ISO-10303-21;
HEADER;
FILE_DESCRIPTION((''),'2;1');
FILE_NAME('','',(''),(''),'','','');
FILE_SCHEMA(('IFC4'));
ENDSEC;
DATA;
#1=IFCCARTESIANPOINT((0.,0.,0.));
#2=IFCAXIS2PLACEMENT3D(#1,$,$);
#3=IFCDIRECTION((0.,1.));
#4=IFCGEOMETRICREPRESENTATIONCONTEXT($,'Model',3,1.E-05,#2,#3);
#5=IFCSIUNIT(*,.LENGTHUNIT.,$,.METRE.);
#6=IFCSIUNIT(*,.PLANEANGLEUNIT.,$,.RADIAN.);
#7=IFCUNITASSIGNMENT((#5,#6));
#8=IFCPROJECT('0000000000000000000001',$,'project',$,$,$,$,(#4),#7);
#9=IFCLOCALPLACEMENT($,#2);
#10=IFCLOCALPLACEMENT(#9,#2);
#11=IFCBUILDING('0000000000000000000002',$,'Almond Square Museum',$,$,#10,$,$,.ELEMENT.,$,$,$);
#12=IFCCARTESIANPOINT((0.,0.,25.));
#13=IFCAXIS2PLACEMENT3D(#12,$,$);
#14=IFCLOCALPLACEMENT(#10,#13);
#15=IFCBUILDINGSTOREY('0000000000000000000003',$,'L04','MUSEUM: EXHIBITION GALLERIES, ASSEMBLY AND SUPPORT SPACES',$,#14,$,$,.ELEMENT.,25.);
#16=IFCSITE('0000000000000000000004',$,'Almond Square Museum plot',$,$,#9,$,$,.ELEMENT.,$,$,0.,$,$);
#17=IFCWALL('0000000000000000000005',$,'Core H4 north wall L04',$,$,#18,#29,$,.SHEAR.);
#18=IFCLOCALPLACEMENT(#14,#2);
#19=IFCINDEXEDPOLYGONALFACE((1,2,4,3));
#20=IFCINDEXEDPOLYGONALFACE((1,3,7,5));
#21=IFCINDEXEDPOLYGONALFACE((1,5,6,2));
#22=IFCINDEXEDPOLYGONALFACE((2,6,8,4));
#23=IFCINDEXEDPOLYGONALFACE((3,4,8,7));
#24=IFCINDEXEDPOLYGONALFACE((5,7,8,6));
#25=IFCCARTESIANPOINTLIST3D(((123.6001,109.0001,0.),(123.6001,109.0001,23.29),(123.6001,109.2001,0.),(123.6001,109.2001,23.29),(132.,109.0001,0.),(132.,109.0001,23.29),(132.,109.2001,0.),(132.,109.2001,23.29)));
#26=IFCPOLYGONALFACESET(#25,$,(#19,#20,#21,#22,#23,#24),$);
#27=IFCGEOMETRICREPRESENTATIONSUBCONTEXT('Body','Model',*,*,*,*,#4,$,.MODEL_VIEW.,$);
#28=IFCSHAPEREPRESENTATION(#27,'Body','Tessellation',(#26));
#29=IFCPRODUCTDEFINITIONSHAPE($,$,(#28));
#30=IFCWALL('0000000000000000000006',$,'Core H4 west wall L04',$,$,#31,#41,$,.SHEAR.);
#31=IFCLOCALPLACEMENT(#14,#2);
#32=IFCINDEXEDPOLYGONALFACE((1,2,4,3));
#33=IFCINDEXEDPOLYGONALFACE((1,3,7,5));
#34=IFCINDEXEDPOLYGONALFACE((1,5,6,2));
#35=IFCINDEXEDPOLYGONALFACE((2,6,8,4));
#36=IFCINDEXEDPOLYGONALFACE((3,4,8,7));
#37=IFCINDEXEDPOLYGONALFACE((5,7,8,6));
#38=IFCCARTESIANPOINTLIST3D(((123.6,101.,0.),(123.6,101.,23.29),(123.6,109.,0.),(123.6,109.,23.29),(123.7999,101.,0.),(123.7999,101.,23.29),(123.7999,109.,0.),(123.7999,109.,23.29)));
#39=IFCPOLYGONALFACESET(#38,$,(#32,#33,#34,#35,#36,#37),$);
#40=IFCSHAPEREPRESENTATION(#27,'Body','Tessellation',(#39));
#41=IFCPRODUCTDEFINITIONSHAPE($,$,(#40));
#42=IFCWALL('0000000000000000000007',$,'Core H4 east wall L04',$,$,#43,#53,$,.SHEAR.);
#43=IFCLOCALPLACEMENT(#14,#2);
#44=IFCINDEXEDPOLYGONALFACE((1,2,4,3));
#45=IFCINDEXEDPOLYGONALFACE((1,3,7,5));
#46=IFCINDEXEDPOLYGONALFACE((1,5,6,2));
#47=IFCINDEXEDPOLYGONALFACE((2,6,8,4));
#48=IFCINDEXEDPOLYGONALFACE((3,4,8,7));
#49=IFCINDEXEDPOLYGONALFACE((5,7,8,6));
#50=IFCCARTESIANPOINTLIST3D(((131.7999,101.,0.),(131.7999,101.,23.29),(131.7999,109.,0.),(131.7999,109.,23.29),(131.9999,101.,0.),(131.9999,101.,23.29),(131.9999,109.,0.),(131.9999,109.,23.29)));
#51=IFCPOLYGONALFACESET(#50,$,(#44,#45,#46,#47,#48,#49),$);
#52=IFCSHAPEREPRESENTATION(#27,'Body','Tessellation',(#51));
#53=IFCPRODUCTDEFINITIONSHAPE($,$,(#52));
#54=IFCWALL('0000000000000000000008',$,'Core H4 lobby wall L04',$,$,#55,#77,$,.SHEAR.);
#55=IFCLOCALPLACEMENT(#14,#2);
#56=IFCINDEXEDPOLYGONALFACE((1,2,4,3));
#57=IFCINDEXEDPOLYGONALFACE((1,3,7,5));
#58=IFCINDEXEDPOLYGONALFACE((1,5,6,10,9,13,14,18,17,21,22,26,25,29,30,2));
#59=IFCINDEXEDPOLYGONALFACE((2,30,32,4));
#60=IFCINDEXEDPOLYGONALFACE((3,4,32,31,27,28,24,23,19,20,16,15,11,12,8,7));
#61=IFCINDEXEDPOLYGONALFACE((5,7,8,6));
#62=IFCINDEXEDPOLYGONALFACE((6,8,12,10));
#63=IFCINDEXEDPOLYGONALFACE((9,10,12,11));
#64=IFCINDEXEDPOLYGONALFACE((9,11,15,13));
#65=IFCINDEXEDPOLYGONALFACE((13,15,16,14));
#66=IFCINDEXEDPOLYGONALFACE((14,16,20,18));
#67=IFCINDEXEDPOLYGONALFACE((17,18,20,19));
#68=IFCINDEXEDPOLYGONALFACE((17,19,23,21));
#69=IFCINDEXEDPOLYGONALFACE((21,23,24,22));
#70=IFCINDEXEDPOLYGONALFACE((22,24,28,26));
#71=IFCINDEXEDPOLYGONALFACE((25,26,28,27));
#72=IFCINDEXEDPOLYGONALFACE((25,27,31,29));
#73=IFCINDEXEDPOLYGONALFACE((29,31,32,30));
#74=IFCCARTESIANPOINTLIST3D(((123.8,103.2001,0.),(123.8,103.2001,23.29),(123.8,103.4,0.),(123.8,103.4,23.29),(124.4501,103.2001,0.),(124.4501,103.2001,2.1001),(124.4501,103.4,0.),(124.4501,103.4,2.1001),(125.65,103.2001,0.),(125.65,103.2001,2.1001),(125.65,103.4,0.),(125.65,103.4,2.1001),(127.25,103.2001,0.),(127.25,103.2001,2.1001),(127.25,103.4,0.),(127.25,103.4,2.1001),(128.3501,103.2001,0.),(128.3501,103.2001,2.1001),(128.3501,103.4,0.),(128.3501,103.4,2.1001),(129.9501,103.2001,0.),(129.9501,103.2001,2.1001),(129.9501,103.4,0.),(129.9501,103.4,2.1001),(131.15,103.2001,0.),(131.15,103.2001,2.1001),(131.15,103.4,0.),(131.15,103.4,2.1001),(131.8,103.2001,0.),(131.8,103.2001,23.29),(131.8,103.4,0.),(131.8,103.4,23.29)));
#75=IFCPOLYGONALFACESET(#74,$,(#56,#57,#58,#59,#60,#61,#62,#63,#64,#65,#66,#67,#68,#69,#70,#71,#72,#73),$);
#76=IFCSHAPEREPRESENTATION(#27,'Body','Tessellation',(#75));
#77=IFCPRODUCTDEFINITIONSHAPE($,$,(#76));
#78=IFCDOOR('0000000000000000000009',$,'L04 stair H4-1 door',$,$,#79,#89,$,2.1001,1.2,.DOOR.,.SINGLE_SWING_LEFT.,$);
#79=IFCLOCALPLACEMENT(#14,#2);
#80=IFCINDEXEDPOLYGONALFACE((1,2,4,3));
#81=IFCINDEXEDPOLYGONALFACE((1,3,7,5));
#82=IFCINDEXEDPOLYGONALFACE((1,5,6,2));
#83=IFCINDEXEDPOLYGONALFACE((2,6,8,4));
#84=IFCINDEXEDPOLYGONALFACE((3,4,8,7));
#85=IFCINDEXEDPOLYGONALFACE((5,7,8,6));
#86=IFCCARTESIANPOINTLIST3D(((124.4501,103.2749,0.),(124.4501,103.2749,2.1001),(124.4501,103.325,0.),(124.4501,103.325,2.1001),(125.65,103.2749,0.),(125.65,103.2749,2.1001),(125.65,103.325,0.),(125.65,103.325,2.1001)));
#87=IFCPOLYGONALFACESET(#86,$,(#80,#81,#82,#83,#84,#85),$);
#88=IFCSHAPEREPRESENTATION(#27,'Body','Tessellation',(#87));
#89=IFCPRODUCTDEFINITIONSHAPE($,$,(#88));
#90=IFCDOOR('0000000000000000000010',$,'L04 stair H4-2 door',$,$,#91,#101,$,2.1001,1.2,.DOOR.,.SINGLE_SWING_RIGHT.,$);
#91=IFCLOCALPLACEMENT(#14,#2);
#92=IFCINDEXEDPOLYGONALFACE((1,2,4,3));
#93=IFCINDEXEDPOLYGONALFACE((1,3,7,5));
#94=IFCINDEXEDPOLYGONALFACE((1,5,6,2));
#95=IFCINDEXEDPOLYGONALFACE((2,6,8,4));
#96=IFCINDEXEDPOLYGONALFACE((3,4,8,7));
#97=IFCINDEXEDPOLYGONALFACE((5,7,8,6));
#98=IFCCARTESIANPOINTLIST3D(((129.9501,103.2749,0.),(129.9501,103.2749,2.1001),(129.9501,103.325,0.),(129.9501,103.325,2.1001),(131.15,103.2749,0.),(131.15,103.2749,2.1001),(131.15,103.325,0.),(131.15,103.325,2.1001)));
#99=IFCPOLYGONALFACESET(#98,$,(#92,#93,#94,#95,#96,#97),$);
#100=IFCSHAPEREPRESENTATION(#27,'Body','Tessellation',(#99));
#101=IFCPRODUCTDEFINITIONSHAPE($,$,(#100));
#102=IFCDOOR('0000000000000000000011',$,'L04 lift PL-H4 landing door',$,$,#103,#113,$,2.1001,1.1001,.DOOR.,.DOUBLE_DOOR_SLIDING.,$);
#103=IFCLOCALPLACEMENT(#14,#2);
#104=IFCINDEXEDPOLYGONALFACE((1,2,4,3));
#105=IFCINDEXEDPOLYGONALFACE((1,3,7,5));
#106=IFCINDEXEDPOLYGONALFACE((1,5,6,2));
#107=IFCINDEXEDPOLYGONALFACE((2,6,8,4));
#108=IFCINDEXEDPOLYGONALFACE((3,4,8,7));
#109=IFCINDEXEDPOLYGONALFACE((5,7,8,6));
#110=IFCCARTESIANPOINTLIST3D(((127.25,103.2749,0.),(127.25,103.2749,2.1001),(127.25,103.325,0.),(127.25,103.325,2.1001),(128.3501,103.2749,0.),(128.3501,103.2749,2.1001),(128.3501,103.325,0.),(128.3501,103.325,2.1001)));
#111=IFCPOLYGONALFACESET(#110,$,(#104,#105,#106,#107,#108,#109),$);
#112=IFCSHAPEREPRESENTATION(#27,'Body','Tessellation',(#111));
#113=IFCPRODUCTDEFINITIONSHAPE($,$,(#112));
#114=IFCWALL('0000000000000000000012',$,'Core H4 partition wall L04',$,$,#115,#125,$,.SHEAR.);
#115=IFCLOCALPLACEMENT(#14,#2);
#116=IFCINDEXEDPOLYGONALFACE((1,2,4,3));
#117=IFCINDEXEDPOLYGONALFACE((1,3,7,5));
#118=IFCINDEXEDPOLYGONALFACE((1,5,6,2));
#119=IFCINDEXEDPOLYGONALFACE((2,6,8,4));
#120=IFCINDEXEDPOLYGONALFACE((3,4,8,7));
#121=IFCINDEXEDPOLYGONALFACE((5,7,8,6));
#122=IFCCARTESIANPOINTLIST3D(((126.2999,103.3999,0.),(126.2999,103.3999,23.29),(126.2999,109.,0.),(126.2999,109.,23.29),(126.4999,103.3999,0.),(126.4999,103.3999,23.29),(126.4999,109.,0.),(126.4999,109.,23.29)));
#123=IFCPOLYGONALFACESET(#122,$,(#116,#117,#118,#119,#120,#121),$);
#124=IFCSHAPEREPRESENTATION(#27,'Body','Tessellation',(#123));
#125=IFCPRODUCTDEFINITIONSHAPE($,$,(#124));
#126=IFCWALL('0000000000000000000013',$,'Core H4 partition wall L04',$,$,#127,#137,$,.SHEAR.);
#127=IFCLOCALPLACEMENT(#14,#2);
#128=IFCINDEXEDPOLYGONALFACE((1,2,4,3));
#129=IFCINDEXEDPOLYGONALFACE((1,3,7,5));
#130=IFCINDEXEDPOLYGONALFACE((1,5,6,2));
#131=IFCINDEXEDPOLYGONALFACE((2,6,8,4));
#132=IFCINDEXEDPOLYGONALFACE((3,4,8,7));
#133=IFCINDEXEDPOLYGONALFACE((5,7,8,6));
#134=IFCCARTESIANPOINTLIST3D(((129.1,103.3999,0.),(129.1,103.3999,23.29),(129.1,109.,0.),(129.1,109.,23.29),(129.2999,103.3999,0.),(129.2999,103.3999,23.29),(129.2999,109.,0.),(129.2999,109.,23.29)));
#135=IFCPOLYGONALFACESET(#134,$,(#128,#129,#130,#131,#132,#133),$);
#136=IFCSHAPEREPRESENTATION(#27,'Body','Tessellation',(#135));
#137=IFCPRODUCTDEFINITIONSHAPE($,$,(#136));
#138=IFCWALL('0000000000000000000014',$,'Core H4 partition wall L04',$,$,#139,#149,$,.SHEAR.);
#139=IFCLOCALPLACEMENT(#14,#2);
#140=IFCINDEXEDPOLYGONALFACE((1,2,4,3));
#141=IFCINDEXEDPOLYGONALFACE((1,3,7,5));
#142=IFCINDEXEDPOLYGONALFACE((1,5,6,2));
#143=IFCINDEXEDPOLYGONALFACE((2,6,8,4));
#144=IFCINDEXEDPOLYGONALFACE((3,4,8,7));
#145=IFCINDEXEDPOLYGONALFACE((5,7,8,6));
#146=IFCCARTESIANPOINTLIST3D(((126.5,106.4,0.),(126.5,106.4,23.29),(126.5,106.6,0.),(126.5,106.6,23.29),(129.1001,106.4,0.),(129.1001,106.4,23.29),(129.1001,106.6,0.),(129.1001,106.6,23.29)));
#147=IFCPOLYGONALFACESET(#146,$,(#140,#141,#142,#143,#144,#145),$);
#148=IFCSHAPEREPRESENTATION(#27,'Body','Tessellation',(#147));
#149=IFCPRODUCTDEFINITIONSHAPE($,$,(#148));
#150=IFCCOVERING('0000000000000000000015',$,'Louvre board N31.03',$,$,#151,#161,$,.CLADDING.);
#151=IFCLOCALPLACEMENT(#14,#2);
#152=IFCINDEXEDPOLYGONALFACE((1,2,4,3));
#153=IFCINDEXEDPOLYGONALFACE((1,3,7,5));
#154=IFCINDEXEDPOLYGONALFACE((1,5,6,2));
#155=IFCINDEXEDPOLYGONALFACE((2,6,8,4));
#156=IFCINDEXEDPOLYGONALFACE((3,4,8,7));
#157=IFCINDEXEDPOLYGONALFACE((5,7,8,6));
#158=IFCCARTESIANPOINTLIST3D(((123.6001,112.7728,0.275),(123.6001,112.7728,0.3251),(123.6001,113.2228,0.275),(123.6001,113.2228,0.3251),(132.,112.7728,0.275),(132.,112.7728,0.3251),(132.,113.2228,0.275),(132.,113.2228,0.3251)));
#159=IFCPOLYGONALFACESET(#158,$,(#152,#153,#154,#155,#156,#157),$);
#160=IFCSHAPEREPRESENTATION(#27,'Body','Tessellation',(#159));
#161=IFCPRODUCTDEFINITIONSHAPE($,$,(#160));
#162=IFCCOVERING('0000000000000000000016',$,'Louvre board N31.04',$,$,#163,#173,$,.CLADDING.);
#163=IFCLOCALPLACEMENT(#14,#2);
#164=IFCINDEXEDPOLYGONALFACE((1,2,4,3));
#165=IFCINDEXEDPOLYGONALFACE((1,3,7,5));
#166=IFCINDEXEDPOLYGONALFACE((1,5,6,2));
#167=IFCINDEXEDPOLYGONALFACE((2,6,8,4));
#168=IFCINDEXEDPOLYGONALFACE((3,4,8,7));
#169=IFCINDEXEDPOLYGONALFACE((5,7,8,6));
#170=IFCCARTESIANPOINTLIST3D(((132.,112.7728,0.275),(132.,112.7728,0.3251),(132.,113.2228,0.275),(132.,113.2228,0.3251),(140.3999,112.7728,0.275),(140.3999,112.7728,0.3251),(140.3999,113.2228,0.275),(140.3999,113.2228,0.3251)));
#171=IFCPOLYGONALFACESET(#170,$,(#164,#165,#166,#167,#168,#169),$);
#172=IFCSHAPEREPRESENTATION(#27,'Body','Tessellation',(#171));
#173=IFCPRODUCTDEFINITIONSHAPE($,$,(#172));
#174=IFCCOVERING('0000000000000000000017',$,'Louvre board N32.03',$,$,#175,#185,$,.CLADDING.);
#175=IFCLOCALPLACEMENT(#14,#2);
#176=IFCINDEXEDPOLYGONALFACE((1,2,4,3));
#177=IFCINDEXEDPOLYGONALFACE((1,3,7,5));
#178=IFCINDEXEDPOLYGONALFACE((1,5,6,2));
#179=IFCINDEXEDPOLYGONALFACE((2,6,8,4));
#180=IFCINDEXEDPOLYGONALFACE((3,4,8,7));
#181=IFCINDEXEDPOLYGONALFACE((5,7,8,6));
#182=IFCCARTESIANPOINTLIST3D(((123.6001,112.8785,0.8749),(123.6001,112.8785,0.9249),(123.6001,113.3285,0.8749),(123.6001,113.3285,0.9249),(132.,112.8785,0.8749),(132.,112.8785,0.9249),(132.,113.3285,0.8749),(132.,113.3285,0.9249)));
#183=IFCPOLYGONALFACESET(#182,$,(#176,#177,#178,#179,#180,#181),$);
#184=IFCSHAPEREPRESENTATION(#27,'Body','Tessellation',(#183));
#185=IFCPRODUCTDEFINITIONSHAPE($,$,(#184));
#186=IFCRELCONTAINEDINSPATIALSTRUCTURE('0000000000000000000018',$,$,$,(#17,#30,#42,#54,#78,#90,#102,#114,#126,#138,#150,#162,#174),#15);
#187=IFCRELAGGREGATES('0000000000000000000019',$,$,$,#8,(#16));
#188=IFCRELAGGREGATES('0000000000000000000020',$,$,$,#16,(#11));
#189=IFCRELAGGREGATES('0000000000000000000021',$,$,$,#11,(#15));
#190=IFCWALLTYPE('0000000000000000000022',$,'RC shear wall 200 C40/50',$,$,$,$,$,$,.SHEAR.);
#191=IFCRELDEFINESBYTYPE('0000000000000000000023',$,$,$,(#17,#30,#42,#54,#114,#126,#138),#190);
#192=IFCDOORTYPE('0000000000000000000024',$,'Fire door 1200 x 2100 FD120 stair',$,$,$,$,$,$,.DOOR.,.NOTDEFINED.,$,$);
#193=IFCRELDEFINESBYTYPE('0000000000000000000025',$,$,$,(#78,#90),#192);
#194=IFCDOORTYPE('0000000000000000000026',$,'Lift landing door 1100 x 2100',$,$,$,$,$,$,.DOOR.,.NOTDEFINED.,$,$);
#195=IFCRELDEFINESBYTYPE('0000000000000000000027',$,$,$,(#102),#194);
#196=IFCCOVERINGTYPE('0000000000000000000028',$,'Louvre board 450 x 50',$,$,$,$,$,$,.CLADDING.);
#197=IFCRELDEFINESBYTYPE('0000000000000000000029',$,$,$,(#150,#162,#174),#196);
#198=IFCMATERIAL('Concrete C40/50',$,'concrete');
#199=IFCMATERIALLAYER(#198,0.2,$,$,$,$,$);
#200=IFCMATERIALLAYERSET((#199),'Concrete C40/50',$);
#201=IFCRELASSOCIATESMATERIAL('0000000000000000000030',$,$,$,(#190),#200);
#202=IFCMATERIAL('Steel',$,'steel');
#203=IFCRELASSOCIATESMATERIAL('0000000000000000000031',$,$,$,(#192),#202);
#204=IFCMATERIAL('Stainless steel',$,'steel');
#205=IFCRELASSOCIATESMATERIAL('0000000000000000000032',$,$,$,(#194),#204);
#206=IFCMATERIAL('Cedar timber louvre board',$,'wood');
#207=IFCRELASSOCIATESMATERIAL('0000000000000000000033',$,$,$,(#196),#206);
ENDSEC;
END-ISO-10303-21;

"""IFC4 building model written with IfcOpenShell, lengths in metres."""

from ifc_helpers import new_model, si_unit, direction, frame, frame_2d, origin, origin_2d, place, context, subcontext, project, spatial, rectangle, extrude, material, layer, layer_set, material_profile, profile_set, type_object, element, fill, save


model = new_model("IFC4")

# Units and contexts
model_context = context("Model", 3, precision=1e-05, world=origin(), true_north=direction((0.0, 1.0)))
body_context = subcontext(model_context, "Body", "Model", "MODEL_VIEW")
ifc_project = project(units=[si_unit("LENGTHUNIT", "METRE"), si_unit("PLANEANGLEUNIT", "RADIAN")], contexts=[model_context])

# Site, building, storey
site_placement = place(None, origin())
site = spatial("IfcSite", under=ifc_project, at=site_placement, Name="Almond Square Museum plot", CompositionType="ELEMENT", RefElevation=0.0)
building_placement = place(site_placement, origin())
building = spatial("IfcBuilding", under=site, at=building_placement, Name="Almond Square Museum", CompositionType="ELEMENT")
storey_placement = place(building_placement, frame((0.0, 0.0, 25.0)))
storey = spatial("IfcBuildingStorey", under=building, at=storey_placement, Name="L04", Description="MUSEUM: EXHIBITION GALLERIES, ASSEMBLY AND SUPPORT SPACES", CompositionType="ELEMENT", Elevation=25.0)

# Shared definitions
ifc_material_1 = material(Name="Concrete C40/50", Category="concrete")
ifc_layer_1 = layer(ifc_material_1, 0.2)
ifc_layer_set_1 = layer_set([ifc_layer_1], Name="Concrete C40/50")
wall_type_1 = type_object("IfcWallType", Name="RC shear wall 200 C40/50", PredefinedType="SHEAR", material=ifc_layer_set_1)

# Walls
wall_1_placement = place(storey_placement, frame((123.6001, 109.1001, 0.0), z_axis=(0.0, 0.0, 1.0), x_axis=(1.0, 0.0, 0.0)))
element("IfcWall", 1, at=wall_1_placement, inside=storey, type_object=wall_type_1, Name="Core H4 north wall L04", PredefinedType="SHEAR", context=body_context, shape_type="SweptSolid", body=[
    extrude(rectangle(XDim=8.3999, YDim=0.2, at=frame_2d((4.2, 0.0))), origin(), (0.0, 0.0, 1.0), 23.29),
])
for number, where, z_axis, x_axis, name in (
    (2, (123.7, 101.0, 0.0), (0.0, 0.0, 1.0), (0.0, 1.0, 0.0), "Core H4 west wall L04"),
    (3, (131.8999, 101.0, 0.0), (0.0, 0.0, 1.0), (0.0, 1.0, 0.0), "Core H4 east wall L04"),
):
    element("IfcWall", number, at=place(storey_placement, frame(where, z_axis=z_axis, x_axis=x_axis)), inside=storey, type_object=wall_type_1, Name=name, PredefinedType="SHEAR", context=body_context, shape_type="SweptSolid", body=[
        extrude(rectangle(XDim=8.0, YDim=0.2, at=frame_2d((4.0, 0.0))), origin(), (0.0, 0.0, 1.0), 23.29),
    ])

# Wall, openings, doors
wall_2_placement = place(storey_placement, frame((123.8, 103.3, 0.0), z_axis=(0.0, 0.0, 1.0), x_axis=(1.0, 0.0, 0.0)))
wall_2 = element("IfcWall", 4, at=wall_2_placement, inside=storey, type_object=wall_type_1, Name="Core H4 lobby wall L04", PredefinedType="SHEAR", context=body_context, shape_type="SweptSolid", body=[
    extrude(rectangle(XDim=8.0, YDim=0.2, at=frame_2d((4.0, 0.0))), origin(), (0.0, 0.0, 1.0), 23.29),
])
opening_1_placement = place(wall_2_placement, frame((0.6499, 0.0, 0.0)))
opening_1 = element("IfcOpeningElement", 5, at=opening_1_placement, cuts=wall_2, PredefinedType="OPENING", context=body_context, shape_type="SweptSolid", body=[
    extrude(rectangle(XDim=1.2, YDim=2.1001, at=frame_2d((0.6001, 1.05))), frame((0.0, 0.1099, 0.0), z_axis=(0.0, -1.0, 0.0), x_axis=(1.0, 0.0, 0.0)), (0.0, 0.0, 1.0), 0.22),
])
opening_2_placement = place(wall_2_placement, frame((6.1499, 0.0, 0.0)))
opening_2 = element("IfcOpeningElement", 6, at=opening_2_placement, cuts=wall_2, PredefinedType="OPENING", context=body_context, shape_type="SweptSolid", body=[
    extrude(rectangle(XDim=1.2, YDim=2.1001, at=frame_2d((0.6001, 1.05))), frame((0.0, 0.1099, 0.0), z_axis=(0.0, -1.0, 0.0), x_axis=(1.0, 0.0, 0.0)), (0.0, 0.0, 1.0), 0.22),
])
opening_3_placement = place(wall_2_placement, frame((3.45, 0.0, 0.0)))
opening_3 = element("IfcOpeningElement", 7, at=opening_3_placement, cuts=wall_2, PredefinedType="OPENING", context=body_context, shape_type="SweptSolid", body=[
    extrude(rectangle(XDim=1.1001, YDim=2.1001, at=frame_2d((0.55, 1.05))), frame((0.0, 0.1099, 0.0), z_axis=(0.0, -1.0, 0.0), x_axis=(1.0, 0.0, 0.0)), (0.0, 0.0, 1.0), 0.22),
])
ifc_material_2 = material(Name="Steel", Category="steel")
door_type_1 = type_object("IfcDoorType", Name="Fire door 1200 x 2100 FD120 stair", OperationType="NOTDEFINED", PredefinedType="DOOR", material=ifc_material_2)
door_1_placement = place(opening_1_placement, origin())
door_1 = element("IfcDoor", 8, at=door_1_placement, inside=storey, type_object=door_type_1, Name="L04 stair H4-1 door", OperationType="SINGLE_SWING_LEFT", OverallHeight=2.1001, OverallWidth=1.2, PredefinedType="DOOR", context=body_context, shape_type="SweptSolid", body=[
    extrude(rectangle(XDim=1.2, YDim=2.1001, at=frame_2d((0.6001, 1.05))), frame((0.0, 0.0249, 0.0), z_axis=(0.0, -1.0, 0.0), x_axis=(1.0, 0.0, 0.0)), (0.0, 0.0, 1.0), 0.05),
])
fill(opening_1, door_1)
door_2_placement = place(opening_2_placement, origin())
door_2 = element("IfcDoor", 9, at=door_2_placement, inside=storey, type_object=door_type_1, Name="L04 stair H4-2 door", OperationType="SINGLE_SWING_RIGHT", OverallHeight=2.1001, OverallWidth=1.2, PredefinedType="DOOR", context=body_context, shape_type="SweptSolid", body=[
    extrude(rectangle(XDim=1.2, YDim=2.1001, at=frame_2d((0.6001, 1.05))), frame((0.0, 0.0249, 0.0), z_axis=(0.0, -1.0, 0.0), x_axis=(1.0, 0.0, 0.0)), (0.0, 0.0, 1.0), 0.05),
])
fill(opening_2, door_2)
ifc_material_3 = material(Name="Stainless steel", Category="steel")
door_type_2 = type_object("IfcDoorType", Name="Lift landing door 1100 x 2100", OperationType="NOTDEFINED", PredefinedType="DOOR", material=ifc_material_3)
door_3_placement = place(opening_3_placement, origin())
door_3 = element("IfcDoor", 10, at=door_3_placement, inside=storey, type_object=door_type_2, Name="L04 lift PL-H4 landing door", OperationType="DOUBLE_DOOR_SLIDING", OverallHeight=2.1001, OverallWidth=1.1001, PredefinedType="DOOR", context=body_context, shape_type="SweptSolid", body=[
    extrude(rectangle(XDim=1.1001, YDim=2.1001, at=frame_2d((0.55, 1.05))), frame((0.0, 0.0249, 0.0), z_axis=(0.0, -1.0, 0.0), x_axis=(1.0, 0.0, 0.0)), (0.0, 0.0, 1.0), 0.05),
])
fill(opening_3, door_3)

# Walls
for number, where, z_axis, x_axis, name in (
    (11, (126.3999, 103.3999, 0.0), (0.0, 0.0, 1.0), (0.0, 1.0, 0.0), "Core H4 partition wall L04"),
    (12, (129.2, 103.3999, 0.0), (0.0, 0.0, 1.0), (0.0, 1.0, 0.0), "Core H4 partition wall L04"),
):
    element("IfcWall", number, at=place(storey_placement, frame(where, z_axis=z_axis, x_axis=x_axis)), inside=storey, type_object=wall_type_1, Name=name, PredefinedType="SHEAR", context=body_context, shape_type="SweptSolid", body=[
        extrude(rectangle(XDim=5.6001, YDim=0.2, at=frame_2d((2.8, 0.0))), origin(), (0.0, 0.0, 1.0), 23.29),
    ])
wall_3_placement = place(storey_placement, frame((126.5, 106.5, 0.0), z_axis=(0.0, 0.0, 1.0), x_axis=(1.0, 0.0, 0.0)))
element("IfcWall", 13, at=wall_3_placement, inside=storey, type_object=wall_type_1, Name="Core H4 partition wall L04", PredefinedType="SHEAR", context=body_context, shape_type="SweptSolid", body=[
    extrude(rectangle(XDim=2.6001, YDim=0.2, at=frame_2d((1.3, 0.0))), origin(), (0.0, 0.0, 1.0), 23.29),
])

# Coverings
ifc_material_4 = material(Name="Cedar timber louvre board", Category="wood")
ifc_material_profile_1 = material_profile(ifc_material_4, rectangle(XDim=0.45, YDim=0.05, at=origin_2d()))
ifc_profile_set_1 = profile_set([ifc_material_profile_1], Name="Cedar timber louvre board")
covering_type = type_object("IfcCoveringType", Name="Louvre board 450 x 50", PredefinedType="CLADDING", material=ifc_profile_set_1)
for number, where, z_axis, x_axis, name in (
    (14, (123.6001, 112.9978, 0.3), (1.0, 0.0, 0.0), (0.0, 1.0, 0.0), "Louvre board N31.03"),
    (15, (132.0, 112.9978, 0.3), (1.0, 0.0, 0.0), (0.0, 1.0, 0.0), "Louvre board N31.04"),
    (16, (123.6001, 113.1035, 0.8999), (1.0, 0.0, 0.0), (0.0, 1.0, 0.0), "Louvre board N32.03"),
):
    element("IfcCovering", number, at=place(storey_placement, frame(where, z_axis=z_axis, x_axis=x_axis)), inside=storey, type_object=covering_type, Name=name, PredefinedType="CLADDING", context=body_context, shape_type="SweptSolid", body=[
        extrude(rectangle(XDim=0.45, YDim=0.05, at=origin_2d()), origin(), (0.0, 0.0, 1.0), 8.3999),
    ])

save(model, "model.ifc")
